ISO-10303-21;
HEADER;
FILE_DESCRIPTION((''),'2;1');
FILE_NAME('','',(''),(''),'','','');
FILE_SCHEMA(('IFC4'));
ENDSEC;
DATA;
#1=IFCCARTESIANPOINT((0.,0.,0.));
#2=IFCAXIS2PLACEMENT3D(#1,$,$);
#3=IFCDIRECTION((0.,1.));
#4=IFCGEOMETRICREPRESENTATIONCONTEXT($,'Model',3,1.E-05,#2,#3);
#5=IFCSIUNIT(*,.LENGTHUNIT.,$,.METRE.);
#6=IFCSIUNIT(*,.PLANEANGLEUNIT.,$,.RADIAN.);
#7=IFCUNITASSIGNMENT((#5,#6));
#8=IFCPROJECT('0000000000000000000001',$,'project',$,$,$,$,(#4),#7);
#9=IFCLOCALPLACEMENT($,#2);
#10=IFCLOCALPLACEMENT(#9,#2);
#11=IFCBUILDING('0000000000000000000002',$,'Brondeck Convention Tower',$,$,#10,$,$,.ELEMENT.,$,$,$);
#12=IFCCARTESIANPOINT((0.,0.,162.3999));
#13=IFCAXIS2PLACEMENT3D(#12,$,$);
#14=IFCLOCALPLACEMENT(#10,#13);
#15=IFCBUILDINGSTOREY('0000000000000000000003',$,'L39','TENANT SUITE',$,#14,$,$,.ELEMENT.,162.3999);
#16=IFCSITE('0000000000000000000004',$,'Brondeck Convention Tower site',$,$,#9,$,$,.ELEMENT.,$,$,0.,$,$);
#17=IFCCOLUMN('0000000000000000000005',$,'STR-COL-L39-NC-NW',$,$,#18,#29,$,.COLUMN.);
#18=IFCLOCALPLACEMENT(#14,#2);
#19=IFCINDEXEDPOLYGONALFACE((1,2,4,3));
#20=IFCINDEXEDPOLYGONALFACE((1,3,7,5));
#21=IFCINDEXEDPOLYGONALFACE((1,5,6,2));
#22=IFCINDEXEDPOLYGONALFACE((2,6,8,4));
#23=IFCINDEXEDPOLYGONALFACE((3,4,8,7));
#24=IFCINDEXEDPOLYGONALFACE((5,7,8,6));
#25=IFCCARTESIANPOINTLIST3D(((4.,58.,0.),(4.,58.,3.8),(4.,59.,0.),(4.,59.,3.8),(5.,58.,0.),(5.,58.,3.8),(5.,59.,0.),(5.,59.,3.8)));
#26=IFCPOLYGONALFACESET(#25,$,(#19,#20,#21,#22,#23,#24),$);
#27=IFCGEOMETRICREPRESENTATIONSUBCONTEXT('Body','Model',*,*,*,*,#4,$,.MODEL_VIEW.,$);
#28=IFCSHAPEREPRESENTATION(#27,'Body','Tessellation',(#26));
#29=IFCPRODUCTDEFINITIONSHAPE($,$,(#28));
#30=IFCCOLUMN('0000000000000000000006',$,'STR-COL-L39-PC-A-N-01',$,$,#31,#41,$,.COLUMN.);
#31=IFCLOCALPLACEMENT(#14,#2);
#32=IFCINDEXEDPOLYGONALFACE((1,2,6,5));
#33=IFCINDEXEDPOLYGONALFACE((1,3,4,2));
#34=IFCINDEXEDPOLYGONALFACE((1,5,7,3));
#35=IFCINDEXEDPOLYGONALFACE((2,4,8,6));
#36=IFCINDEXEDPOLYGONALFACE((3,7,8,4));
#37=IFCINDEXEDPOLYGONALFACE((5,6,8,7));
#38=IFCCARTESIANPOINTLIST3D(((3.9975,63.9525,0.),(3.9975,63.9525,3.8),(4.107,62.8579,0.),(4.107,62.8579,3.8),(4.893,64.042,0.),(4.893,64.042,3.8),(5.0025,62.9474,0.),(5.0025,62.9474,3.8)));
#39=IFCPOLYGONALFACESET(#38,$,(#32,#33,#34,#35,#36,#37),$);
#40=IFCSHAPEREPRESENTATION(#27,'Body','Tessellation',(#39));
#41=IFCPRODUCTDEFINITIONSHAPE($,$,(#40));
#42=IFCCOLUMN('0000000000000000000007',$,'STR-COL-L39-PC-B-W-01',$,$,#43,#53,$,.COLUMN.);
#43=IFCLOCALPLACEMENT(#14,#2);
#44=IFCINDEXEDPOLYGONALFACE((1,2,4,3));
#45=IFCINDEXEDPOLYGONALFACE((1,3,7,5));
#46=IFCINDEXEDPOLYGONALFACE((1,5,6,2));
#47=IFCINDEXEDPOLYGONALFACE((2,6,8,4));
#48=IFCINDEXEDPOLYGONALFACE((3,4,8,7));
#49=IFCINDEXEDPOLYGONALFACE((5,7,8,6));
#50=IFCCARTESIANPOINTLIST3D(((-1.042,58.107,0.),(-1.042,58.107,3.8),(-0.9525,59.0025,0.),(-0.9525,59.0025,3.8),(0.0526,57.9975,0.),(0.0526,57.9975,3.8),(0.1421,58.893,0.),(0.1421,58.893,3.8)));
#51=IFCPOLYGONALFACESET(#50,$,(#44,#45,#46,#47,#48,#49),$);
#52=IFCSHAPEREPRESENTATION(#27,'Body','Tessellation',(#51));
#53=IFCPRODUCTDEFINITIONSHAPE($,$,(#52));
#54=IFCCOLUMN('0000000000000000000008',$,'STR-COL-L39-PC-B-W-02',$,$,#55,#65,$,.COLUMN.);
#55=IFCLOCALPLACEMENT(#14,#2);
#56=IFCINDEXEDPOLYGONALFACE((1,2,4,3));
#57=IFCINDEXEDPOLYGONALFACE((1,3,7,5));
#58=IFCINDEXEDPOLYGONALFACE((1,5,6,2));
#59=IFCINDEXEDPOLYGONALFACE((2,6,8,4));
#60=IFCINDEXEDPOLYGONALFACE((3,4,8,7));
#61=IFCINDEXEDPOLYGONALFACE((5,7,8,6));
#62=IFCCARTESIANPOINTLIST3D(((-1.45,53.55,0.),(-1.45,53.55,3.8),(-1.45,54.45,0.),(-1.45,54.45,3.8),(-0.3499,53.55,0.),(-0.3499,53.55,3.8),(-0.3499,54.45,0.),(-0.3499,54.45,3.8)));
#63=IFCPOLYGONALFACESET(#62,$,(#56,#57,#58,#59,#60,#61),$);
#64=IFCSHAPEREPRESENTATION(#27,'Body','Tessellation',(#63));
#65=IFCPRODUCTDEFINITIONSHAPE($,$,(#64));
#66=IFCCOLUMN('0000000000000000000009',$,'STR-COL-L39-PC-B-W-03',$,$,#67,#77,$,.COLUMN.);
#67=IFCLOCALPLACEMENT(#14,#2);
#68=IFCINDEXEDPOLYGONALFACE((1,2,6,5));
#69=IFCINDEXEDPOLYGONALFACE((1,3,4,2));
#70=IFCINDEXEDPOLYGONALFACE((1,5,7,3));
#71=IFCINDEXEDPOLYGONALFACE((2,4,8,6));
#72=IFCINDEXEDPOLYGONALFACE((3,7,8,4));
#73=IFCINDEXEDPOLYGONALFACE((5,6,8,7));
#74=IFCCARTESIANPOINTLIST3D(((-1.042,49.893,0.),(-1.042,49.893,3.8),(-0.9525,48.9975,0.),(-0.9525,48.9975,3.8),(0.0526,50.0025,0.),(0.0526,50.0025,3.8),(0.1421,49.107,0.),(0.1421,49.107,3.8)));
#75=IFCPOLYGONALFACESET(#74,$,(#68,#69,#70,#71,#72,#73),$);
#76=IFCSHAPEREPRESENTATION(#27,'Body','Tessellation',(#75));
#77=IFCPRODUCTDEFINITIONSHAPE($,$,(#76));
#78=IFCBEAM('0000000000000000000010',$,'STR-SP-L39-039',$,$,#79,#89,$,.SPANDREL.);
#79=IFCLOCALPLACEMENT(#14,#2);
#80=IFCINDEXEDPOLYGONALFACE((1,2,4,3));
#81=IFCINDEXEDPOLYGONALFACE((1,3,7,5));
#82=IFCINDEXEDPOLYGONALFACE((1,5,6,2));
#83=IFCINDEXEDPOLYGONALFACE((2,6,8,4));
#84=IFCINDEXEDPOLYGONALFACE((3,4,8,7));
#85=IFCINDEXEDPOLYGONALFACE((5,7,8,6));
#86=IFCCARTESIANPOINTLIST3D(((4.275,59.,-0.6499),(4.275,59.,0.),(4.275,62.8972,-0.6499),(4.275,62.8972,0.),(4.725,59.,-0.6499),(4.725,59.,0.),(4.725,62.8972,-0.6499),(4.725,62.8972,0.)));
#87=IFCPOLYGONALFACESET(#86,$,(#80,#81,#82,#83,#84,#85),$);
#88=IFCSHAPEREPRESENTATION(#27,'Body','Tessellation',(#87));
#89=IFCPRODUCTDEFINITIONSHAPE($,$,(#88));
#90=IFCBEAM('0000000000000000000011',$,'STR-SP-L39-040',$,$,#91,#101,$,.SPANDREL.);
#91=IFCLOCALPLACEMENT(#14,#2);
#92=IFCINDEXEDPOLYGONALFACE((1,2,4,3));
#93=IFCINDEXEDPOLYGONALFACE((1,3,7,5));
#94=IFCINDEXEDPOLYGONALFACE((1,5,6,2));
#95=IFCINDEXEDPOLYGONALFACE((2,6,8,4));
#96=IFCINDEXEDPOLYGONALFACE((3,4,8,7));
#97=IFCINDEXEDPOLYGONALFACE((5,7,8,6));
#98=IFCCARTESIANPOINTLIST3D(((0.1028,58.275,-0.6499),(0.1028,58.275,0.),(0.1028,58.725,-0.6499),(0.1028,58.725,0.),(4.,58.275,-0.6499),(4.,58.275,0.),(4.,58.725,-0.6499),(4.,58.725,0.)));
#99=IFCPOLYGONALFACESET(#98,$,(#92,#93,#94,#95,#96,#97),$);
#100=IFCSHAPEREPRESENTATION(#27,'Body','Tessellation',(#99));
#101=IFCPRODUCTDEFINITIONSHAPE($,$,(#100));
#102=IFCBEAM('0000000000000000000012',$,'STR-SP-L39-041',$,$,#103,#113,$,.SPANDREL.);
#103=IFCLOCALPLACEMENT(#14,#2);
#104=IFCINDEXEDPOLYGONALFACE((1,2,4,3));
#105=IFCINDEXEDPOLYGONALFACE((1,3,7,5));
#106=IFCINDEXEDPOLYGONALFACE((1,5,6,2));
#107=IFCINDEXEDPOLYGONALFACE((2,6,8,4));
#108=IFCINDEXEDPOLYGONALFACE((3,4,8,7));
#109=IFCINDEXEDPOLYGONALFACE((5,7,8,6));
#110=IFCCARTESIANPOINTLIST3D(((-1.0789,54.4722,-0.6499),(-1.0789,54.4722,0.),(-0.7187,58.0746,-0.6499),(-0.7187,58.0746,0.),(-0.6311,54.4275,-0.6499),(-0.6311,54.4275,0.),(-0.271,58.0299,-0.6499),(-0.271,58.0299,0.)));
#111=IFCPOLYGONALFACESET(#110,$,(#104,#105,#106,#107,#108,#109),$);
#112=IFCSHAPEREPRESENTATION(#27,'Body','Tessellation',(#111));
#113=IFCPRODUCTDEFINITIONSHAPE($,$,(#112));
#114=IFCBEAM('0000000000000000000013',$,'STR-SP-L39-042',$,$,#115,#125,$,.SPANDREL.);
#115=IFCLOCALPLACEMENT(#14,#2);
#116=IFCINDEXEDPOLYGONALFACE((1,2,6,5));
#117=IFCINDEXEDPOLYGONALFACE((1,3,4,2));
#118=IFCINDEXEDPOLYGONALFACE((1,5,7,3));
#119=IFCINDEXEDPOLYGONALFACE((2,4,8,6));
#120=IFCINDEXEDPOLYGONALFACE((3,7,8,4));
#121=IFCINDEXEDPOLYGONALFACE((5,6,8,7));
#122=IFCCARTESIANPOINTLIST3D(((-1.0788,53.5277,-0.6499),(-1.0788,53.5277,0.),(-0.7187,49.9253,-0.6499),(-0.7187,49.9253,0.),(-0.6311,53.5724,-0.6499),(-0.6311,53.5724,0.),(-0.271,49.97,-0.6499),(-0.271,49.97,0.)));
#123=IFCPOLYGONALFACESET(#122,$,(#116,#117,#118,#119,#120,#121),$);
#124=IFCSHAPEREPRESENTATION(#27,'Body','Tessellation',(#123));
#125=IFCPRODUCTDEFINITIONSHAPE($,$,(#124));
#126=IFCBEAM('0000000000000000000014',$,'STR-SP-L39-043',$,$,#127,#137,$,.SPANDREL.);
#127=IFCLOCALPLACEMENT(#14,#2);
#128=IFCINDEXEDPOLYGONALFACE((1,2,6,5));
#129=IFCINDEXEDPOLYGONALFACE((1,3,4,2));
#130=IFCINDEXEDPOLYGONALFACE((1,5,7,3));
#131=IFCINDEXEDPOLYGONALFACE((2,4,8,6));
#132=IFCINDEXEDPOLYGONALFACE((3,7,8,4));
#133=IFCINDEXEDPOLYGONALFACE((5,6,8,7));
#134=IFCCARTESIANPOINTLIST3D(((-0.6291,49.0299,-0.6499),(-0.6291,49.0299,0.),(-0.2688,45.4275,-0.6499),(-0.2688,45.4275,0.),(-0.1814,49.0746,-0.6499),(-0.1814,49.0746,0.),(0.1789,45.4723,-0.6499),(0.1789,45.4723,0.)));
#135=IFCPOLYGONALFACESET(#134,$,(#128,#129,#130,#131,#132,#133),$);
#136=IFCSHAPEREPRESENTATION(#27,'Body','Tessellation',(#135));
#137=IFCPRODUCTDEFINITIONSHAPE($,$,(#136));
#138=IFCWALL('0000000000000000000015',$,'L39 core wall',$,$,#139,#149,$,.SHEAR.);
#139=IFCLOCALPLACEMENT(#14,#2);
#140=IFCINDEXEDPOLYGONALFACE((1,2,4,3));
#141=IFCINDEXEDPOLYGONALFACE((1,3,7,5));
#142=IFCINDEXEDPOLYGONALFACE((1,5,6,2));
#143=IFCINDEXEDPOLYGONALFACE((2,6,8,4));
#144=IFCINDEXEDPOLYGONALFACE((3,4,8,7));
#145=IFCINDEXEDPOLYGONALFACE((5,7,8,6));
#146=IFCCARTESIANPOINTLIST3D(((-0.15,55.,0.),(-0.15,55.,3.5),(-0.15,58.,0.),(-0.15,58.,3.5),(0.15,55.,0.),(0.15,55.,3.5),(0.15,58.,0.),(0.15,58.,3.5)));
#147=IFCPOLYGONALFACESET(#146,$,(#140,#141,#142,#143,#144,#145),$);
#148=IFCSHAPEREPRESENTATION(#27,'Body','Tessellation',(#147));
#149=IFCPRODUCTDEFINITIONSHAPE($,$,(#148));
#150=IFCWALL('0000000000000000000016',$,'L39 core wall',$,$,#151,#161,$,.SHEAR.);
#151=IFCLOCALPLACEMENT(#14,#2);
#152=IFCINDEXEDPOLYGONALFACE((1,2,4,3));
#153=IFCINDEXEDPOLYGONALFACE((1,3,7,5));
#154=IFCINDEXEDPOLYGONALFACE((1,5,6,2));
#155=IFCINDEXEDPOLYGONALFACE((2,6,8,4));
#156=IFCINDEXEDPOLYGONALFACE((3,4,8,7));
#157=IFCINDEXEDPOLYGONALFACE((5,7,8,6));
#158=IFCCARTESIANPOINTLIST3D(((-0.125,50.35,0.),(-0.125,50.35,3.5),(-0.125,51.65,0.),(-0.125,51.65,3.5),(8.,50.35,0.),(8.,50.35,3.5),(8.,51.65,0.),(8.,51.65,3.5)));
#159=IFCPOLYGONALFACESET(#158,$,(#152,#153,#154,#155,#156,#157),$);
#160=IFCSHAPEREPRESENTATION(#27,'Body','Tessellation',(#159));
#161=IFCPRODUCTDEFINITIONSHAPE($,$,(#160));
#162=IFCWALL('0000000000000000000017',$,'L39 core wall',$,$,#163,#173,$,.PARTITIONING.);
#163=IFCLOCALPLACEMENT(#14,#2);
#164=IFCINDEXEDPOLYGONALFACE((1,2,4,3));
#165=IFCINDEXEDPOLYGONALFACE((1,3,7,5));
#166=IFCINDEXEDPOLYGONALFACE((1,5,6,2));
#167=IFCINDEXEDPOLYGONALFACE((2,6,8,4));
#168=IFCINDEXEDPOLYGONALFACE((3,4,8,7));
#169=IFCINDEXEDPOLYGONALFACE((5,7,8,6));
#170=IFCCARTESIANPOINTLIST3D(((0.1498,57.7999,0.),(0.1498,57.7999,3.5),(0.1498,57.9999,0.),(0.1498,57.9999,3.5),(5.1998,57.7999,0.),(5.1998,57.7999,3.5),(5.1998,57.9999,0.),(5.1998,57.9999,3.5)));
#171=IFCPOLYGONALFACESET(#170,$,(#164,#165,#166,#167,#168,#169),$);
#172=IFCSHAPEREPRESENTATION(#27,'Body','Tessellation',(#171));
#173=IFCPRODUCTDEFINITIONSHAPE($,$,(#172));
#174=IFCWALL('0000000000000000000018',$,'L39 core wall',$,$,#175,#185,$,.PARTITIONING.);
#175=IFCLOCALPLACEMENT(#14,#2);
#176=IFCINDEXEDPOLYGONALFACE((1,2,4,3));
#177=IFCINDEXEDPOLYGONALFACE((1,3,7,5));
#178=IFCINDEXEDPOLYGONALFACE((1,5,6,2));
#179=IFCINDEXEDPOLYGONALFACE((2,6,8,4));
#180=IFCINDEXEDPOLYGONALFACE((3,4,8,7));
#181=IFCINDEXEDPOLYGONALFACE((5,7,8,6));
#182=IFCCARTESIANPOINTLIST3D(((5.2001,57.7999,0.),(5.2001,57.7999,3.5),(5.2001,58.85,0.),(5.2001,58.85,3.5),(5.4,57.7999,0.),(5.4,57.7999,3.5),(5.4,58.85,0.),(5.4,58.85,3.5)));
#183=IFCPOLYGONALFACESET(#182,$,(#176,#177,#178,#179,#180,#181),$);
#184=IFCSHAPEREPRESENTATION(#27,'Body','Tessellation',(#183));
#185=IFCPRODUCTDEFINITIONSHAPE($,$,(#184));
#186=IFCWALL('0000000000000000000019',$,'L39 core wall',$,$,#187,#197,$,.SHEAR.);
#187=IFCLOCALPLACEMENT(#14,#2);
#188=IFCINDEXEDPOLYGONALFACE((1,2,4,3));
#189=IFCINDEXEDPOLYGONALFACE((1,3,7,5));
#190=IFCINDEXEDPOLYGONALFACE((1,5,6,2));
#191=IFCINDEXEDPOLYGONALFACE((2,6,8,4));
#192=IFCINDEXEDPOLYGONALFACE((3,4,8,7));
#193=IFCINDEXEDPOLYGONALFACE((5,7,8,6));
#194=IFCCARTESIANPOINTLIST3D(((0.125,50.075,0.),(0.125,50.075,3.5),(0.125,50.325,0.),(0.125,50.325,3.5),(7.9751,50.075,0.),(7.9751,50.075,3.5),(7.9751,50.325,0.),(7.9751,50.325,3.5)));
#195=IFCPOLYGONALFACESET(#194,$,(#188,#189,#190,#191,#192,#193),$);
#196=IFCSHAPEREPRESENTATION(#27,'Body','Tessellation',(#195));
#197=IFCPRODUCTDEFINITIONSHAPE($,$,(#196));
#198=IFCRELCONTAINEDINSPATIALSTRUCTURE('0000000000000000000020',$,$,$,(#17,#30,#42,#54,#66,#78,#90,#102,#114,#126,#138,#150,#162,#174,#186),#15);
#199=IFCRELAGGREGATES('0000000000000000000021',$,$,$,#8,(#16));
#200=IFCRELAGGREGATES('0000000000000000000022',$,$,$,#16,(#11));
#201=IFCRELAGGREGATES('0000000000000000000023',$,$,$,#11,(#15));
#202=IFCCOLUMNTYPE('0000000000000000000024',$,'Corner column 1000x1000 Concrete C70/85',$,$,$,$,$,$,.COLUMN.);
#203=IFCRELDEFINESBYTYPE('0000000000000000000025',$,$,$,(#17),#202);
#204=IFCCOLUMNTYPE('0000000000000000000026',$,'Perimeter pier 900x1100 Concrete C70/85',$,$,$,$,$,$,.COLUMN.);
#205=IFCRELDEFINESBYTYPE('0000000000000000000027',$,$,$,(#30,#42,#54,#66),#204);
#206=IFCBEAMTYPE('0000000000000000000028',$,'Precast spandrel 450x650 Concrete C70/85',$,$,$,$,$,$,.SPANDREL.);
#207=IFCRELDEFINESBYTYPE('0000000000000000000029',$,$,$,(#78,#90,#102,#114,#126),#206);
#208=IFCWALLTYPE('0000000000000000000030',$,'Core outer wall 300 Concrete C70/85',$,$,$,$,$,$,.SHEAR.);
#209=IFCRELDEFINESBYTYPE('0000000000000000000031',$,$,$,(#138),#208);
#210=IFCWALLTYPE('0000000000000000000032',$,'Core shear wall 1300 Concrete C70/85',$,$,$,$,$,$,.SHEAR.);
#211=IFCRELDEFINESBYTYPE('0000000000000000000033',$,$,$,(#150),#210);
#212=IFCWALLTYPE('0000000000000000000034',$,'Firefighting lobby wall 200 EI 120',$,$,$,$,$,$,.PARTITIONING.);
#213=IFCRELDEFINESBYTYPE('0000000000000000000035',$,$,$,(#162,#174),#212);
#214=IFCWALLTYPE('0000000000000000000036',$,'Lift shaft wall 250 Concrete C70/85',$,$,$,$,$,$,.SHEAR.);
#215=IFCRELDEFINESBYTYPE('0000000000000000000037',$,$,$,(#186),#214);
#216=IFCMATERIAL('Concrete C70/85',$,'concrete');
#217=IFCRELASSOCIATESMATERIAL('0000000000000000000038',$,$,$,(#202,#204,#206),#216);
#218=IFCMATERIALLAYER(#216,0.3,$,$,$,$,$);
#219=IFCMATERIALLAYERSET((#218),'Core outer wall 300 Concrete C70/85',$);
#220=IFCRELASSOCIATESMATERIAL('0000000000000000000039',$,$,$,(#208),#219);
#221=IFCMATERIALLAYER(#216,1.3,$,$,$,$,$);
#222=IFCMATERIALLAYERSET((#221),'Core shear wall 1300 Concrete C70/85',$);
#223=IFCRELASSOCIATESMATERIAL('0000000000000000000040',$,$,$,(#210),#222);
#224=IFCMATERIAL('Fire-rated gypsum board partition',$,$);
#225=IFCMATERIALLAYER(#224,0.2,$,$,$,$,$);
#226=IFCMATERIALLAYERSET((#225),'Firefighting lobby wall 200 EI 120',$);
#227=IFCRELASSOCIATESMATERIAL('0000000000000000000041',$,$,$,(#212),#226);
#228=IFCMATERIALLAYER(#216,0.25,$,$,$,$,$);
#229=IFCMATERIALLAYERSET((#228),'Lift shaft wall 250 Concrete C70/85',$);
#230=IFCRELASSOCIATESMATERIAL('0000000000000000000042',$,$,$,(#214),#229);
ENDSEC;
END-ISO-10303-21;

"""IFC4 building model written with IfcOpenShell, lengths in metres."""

from ifc_helpers import new_model, si_unit, direction, frame, frame_2d, origin, origin_2d, place, context, subcontext, project, spatial, rectangle, extrude, material, layer, layer_set, material_profile, profile_set, type_object, element, save


model = new_model("IFC4")

# Units and contexts
model_context = context("Model", 3, precision=1e-05, world=origin(), true_north=direction((0.0, 1.0)))
body_context = subcontext(model_context, "Body", "Model", "MODEL_VIEW")
ifc_project = project(units=[si_unit("LENGTHUNIT", "METRE"), si_unit("PLANEANGLEUNIT", "RADIAN")], contexts=[model_context])

# Site, building, storey
site_placement = place(None, origin())
site = spatial("IfcSite", under=ifc_project, at=site_placement, Name="Brondeck Convention Tower site", CompositionType="ELEMENT", RefElevation=0.0)
building_placement = place(site_placement, origin())
building = spatial("IfcBuilding", under=site, at=building_placement, Name="Brondeck Convention Tower", CompositionType="ELEMENT")
storey_placement = place(building_placement, frame((0.0, 0.0, 162.3999)))
storey = spatial("IfcBuildingStorey", under=building, at=storey_placement, Name="L39", Description="TENANT SUITE", CompositionType="ELEMENT", Elevation=162.3999)

# Columns
ifc_material_1 = material(Name="Concrete C70/85", Category="concrete")
ifc_material_profile_1 = material_profile(ifc_material_1, rectangle(XDim=1.0, YDim=1.0, at=origin_2d()), Name="Corner column 1000x1000 Concrete C70/85")
ifc_profile_set_1 = profile_set([ifc_material_profile_1], Name="Concrete C70/85")
column_type_1 = type_object("IfcColumnType", Name="Corner column 1000x1000 Concrete C70/85", PredefinedType="COLUMN", material=ifc_profile_set_1)
column_placement = place(storey_placement, frame((4.5, 58.5, 0.0), z_axis=(0.0, 0.0, 1.0), x_axis=(1.0, 0.0, 0.0)))
element("IfcColumn", 1, at=column_placement, inside=storey, type_object=column_type_1, Name="STR-COL-L39-NC-NW", PredefinedType="COLUMN", context=body_context, shape_type="SweptSolid", body=[
    extrude(rectangle(XDim=1.0, YDim=1.0, at=origin_2d()), origin(), (0.0, 0.0, 1.0), 3.8),
])
ifc_material_profile_2 = material_profile(ifc_material_1, rectangle(XDim=0.8999, YDim=1.1001, at=origin_2d()), Name="Perimeter pier 900x1100 Concrete C70/85")
ifc_profile_set_2 = profile_set([ifc_material_profile_2], Name="Concrete C70/85")
column_type_2 = type_object("IfcColumnType", Name="Perimeter pier 900x1100 Concrete C70/85", PredefinedType="COLUMN", material=ifc_profile_set_2)
for number, where, z_axis, x_axis, name in (
    (2, (4.5, 63.45, 0.0), (0.0, 0.0, 1.0), (-0.995037, -0.099504, 0.0), "STR-COL-L39-PC-A-N-01"),
    (3, (-0.45, 58.5, 0.0), (0.0, 0.0, 1.0), (-0.099504, -0.995037, 0.0), "STR-COL-L39-PC-B-W-01"),
    (4, (-0.8999, 54.0, 0.0), (0.0, 0.0, 1.0), (0.0, -1.0, 0.0), "STR-COL-L39-PC-B-W-02"),
    (5, (-0.45, 49.5, 0.0), (0.0, 0.0, 1.0), (0.099504, -0.995037, 0.0), "STR-COL-L39-PC-B-W-03"),
):
    element("IfcColumn", number, at=place(storey_placement, frame(where, z_axis=z_axis, x_axis=x_axis)), inside=storey, type_object=column_type_2, Name=name, PredefinedType="COLUMN", context=body_context, shape_type="SweptSolid", body=[
        extrude(rectangle(XDim=0.8999, YDim=1.1001, at=origin_2d()), origin(), (0.0, 0.0, 1.0), 3.8),
    ])

# Beams
ifc_material_profile_3 = material_profile(ifc_material_1, rectangle(XDim=0.45, YDim=0.6499, at=origin_2d()), Name="Precast spandrel 450x650 Concrete C70/85")
ifc_profile_set_3 = profile_set([ifc_material_profile_3], Name="Concrete C70/85")
beam_type = type_object("IfcBeamType", Name="Precast spandrel 450x650 Concrete C70/85", PredefinedType="SPANDREL", material=ifc_profile_set_3)
for number, where, z_axis, x_axis, name in (
    (6, (4.5, 62.8972, -0.325), (0.0, -1.0, 0.0), (1.0, 0.0, 0.0), "STR-SP-L39-039"),
    (7, (4.0, 58.5, -0.325), (-1.0, 0.0, 0.0), (0.0, -1.0, 0.0), "STR-SP-L39-040"),
):
    element("IfcBeam", number, at=place(storey_placement, frame(where, z_axis=z_axis, x_axis=x_axis)), inside=storey, type_object=beam_type, Name=name, PredefinedType="SPANDREL", context=body_context, shape_type="SweptSolid", body=[
        extrude(rectangle(XDim=0.45, YDim=0.6499, at=origin_2d()), origin(), (0.0, 0.0, 1.0), 3.8972),
    ])
for number, where, z_axis, x_axis, name in (
    (8, (-0.4949, 58.0522, -0.325), (-0.09947, -0.995041, 0.0), (0.995041, -0.09947, 0.0), "STR-SP-L39-041"),
    (9, (-0.855, 53.55, -0.325), (0.09947, -0.995041, 0.0), (0.995041, 0.09947, 0.0), "STR-SP-L39-042"),
    (10, (-0.4053, 49.0522, -0.325), (0.099537, -0.995034, 0.0), (0.995034, 0.099537, 0.0), "STR-SP-L39-043"),
):
    element("IfcBeam", number, at=place(storey_placement, frame(where, z_axis=z_axis, x_axis=x_axis)), inside=storey, type_object=beam_type, Name=name, PredefinedType="SPANDREL", context=body_context, shape_type="SweptSolid", body=[
        extrude(rectangle(XDim=0.45, YDim=0.6499, at=origin_2d()), origin(), (0.0, 0.0, 1.0), 3.6204),
    ])

# Walls
ifc_layer_1 = layer(ifc_material_1, 0.3)
ifc_layer_set_1 = layer_set([ifc_layer_1], Name="Core outer wall 300 Concrete C70/85")
wall_type_1 = type_object("IfcWallType", Name="Core outer wall 300 Concrete C70/85", PredefinedType="SHEAR", material=ifc_layer_set_1)
wall_1_placement = place(storey_placement, frame((0.0, 55.0, 0.0), z_axis=(0.0, 0.0, 1.0), x_axis=(0.0, 1.0, 0.0)))
element("IfcWall", 11, at=wall_1_placement, inside=storey, type_object=wall_type_1, Name="L39 core wall", PredefinedType="SHEAR", context=body_context, shape_type="SweptSolid", body=[
    extrude(rectangle(XDim=3.0, YDim=0.3, at=frame_2d((1.5, 0.0))), origin(), (0.0, 0.0, 1.0), 3.5),
])
ifc_layer_2 = layer(ifc_material_1, 1.3)
ifc_layer_set_2 = layer_set([ifc_layer_2], Name="Core shear wall 1300 Concrete C70/85")
wall_type_2 = type_object("IfcWallType", Name="Core shear wall 1300 Concrete C70/85", PredefinedType="SHEAR", material=ifc_layer_set_2)
wall_2_placement = place(storey_placement, frame((-0.125, 51.0, 0.0), z_axis=(0.0, 0.0, 1.0), x_axis=(1.0, 0.0, 0.0)))
element("IfcWall", 12, at=wall_2_placement, inside=storey, type_object=wall_type_2, Name="L39 core wall", PredefinedType="SHEAR", context=body_context, shape_type="SweptSolid", body=[
    extrude(rectangle(XDim=8.125, YDim=1.3, at=frame_2d((4.0625, 0.0))), origin(), (0.0, 0.0, 1.0), 3.5),
])
ifc_material_2 = material(Name="Fire-rated gypsum board partition")
ifc_layer_3 = layer(ifc_material_2, 0.2)
ifc_layer_set_3 = layer_set([ifc_layer_3], Name="Firefighting lobby wall 200 EI 120")
wall_type_3 = type_object("IfcWallType", Name="Firefighting lobby wall 200 EI 120", PredefinedType="PARTITIONING", material=ifc_layer_set_3)
wall_3_placement = place(storey_placement, frame((0.1499, 57.8999, 0.0), z_axis=(0.0, 0.0, 1.0), x_axis=(1.0, 0.0, 0.0)))
element("IfcWall", 13, at=wall_3_placement, inside=storey, type_object=wall_type_3, Name="L39 core wall", PredefinedType="PARTITIONING", context=body_context, shape_type="SweptSolid", body=[
    extrude(rectangle(XDim=5.05, YDim=0.2, at=frame_2d((2.5249, 0.0))), origin(), (0.0, 0.0, 1.0), 3.5),
])
wall_4_placement = place(storey_placement, frame((5.3, 57.8, 0.0), z_axis=(0.0, 0.0, 1.0), x_axis=(0.0, 1.0, 0.0)))
element("IfcWall", 14, at=wall_4_placement, inside=storey, type_object=wall_type_3, Name="L39 core wall", PredefinedType="PARTITIONING", context=body_context, shape_type="SweptSolid", body=[
    extrude(rectangle(XDim=1.05, YDim=0.2, at=frame_2d((0.5249, 0.0))), origin(), (0.0, 0.0, 1.0), 3.5),
])
ifc_layer_4 = layer(ifc_material_1, 0.25)
ifc_layer_set_4 = layer_set([ifc_layer_4], Name="Lift shaft wall 250 Concrete C70/85")
wall_type_4 = type_object("IfcWallType", Name="Lift shaft wall 250 Concrete C70/85", PredefinedType="SHEAR", material=ifc_layer_set_4)
for number, where, z_axis, x_axis, name in (
    (15, (0.125, 50.2, 0.0), (0.0, 0.0, 1.0), (1.0, 0.0, 0.0), "L39 core wall"),
):
    element("IfcWall", number, at=place(storey_placement, frame(where, z_axis=z_axis, x_axis=x_axis)), inside=storey, type_object=wall_type_4, Name=name, PredefinedType="SHEAR", context=body_context, shape_type="SweptSolid", body=[
        extrude(rectangle(XDim=7.8501, YDim=0.25, at=frame_2d((3.925, 0.0))), origin(), (0.0, 0.0, 1.0), 3.5),
    ])

save(model, "model.ifc")
